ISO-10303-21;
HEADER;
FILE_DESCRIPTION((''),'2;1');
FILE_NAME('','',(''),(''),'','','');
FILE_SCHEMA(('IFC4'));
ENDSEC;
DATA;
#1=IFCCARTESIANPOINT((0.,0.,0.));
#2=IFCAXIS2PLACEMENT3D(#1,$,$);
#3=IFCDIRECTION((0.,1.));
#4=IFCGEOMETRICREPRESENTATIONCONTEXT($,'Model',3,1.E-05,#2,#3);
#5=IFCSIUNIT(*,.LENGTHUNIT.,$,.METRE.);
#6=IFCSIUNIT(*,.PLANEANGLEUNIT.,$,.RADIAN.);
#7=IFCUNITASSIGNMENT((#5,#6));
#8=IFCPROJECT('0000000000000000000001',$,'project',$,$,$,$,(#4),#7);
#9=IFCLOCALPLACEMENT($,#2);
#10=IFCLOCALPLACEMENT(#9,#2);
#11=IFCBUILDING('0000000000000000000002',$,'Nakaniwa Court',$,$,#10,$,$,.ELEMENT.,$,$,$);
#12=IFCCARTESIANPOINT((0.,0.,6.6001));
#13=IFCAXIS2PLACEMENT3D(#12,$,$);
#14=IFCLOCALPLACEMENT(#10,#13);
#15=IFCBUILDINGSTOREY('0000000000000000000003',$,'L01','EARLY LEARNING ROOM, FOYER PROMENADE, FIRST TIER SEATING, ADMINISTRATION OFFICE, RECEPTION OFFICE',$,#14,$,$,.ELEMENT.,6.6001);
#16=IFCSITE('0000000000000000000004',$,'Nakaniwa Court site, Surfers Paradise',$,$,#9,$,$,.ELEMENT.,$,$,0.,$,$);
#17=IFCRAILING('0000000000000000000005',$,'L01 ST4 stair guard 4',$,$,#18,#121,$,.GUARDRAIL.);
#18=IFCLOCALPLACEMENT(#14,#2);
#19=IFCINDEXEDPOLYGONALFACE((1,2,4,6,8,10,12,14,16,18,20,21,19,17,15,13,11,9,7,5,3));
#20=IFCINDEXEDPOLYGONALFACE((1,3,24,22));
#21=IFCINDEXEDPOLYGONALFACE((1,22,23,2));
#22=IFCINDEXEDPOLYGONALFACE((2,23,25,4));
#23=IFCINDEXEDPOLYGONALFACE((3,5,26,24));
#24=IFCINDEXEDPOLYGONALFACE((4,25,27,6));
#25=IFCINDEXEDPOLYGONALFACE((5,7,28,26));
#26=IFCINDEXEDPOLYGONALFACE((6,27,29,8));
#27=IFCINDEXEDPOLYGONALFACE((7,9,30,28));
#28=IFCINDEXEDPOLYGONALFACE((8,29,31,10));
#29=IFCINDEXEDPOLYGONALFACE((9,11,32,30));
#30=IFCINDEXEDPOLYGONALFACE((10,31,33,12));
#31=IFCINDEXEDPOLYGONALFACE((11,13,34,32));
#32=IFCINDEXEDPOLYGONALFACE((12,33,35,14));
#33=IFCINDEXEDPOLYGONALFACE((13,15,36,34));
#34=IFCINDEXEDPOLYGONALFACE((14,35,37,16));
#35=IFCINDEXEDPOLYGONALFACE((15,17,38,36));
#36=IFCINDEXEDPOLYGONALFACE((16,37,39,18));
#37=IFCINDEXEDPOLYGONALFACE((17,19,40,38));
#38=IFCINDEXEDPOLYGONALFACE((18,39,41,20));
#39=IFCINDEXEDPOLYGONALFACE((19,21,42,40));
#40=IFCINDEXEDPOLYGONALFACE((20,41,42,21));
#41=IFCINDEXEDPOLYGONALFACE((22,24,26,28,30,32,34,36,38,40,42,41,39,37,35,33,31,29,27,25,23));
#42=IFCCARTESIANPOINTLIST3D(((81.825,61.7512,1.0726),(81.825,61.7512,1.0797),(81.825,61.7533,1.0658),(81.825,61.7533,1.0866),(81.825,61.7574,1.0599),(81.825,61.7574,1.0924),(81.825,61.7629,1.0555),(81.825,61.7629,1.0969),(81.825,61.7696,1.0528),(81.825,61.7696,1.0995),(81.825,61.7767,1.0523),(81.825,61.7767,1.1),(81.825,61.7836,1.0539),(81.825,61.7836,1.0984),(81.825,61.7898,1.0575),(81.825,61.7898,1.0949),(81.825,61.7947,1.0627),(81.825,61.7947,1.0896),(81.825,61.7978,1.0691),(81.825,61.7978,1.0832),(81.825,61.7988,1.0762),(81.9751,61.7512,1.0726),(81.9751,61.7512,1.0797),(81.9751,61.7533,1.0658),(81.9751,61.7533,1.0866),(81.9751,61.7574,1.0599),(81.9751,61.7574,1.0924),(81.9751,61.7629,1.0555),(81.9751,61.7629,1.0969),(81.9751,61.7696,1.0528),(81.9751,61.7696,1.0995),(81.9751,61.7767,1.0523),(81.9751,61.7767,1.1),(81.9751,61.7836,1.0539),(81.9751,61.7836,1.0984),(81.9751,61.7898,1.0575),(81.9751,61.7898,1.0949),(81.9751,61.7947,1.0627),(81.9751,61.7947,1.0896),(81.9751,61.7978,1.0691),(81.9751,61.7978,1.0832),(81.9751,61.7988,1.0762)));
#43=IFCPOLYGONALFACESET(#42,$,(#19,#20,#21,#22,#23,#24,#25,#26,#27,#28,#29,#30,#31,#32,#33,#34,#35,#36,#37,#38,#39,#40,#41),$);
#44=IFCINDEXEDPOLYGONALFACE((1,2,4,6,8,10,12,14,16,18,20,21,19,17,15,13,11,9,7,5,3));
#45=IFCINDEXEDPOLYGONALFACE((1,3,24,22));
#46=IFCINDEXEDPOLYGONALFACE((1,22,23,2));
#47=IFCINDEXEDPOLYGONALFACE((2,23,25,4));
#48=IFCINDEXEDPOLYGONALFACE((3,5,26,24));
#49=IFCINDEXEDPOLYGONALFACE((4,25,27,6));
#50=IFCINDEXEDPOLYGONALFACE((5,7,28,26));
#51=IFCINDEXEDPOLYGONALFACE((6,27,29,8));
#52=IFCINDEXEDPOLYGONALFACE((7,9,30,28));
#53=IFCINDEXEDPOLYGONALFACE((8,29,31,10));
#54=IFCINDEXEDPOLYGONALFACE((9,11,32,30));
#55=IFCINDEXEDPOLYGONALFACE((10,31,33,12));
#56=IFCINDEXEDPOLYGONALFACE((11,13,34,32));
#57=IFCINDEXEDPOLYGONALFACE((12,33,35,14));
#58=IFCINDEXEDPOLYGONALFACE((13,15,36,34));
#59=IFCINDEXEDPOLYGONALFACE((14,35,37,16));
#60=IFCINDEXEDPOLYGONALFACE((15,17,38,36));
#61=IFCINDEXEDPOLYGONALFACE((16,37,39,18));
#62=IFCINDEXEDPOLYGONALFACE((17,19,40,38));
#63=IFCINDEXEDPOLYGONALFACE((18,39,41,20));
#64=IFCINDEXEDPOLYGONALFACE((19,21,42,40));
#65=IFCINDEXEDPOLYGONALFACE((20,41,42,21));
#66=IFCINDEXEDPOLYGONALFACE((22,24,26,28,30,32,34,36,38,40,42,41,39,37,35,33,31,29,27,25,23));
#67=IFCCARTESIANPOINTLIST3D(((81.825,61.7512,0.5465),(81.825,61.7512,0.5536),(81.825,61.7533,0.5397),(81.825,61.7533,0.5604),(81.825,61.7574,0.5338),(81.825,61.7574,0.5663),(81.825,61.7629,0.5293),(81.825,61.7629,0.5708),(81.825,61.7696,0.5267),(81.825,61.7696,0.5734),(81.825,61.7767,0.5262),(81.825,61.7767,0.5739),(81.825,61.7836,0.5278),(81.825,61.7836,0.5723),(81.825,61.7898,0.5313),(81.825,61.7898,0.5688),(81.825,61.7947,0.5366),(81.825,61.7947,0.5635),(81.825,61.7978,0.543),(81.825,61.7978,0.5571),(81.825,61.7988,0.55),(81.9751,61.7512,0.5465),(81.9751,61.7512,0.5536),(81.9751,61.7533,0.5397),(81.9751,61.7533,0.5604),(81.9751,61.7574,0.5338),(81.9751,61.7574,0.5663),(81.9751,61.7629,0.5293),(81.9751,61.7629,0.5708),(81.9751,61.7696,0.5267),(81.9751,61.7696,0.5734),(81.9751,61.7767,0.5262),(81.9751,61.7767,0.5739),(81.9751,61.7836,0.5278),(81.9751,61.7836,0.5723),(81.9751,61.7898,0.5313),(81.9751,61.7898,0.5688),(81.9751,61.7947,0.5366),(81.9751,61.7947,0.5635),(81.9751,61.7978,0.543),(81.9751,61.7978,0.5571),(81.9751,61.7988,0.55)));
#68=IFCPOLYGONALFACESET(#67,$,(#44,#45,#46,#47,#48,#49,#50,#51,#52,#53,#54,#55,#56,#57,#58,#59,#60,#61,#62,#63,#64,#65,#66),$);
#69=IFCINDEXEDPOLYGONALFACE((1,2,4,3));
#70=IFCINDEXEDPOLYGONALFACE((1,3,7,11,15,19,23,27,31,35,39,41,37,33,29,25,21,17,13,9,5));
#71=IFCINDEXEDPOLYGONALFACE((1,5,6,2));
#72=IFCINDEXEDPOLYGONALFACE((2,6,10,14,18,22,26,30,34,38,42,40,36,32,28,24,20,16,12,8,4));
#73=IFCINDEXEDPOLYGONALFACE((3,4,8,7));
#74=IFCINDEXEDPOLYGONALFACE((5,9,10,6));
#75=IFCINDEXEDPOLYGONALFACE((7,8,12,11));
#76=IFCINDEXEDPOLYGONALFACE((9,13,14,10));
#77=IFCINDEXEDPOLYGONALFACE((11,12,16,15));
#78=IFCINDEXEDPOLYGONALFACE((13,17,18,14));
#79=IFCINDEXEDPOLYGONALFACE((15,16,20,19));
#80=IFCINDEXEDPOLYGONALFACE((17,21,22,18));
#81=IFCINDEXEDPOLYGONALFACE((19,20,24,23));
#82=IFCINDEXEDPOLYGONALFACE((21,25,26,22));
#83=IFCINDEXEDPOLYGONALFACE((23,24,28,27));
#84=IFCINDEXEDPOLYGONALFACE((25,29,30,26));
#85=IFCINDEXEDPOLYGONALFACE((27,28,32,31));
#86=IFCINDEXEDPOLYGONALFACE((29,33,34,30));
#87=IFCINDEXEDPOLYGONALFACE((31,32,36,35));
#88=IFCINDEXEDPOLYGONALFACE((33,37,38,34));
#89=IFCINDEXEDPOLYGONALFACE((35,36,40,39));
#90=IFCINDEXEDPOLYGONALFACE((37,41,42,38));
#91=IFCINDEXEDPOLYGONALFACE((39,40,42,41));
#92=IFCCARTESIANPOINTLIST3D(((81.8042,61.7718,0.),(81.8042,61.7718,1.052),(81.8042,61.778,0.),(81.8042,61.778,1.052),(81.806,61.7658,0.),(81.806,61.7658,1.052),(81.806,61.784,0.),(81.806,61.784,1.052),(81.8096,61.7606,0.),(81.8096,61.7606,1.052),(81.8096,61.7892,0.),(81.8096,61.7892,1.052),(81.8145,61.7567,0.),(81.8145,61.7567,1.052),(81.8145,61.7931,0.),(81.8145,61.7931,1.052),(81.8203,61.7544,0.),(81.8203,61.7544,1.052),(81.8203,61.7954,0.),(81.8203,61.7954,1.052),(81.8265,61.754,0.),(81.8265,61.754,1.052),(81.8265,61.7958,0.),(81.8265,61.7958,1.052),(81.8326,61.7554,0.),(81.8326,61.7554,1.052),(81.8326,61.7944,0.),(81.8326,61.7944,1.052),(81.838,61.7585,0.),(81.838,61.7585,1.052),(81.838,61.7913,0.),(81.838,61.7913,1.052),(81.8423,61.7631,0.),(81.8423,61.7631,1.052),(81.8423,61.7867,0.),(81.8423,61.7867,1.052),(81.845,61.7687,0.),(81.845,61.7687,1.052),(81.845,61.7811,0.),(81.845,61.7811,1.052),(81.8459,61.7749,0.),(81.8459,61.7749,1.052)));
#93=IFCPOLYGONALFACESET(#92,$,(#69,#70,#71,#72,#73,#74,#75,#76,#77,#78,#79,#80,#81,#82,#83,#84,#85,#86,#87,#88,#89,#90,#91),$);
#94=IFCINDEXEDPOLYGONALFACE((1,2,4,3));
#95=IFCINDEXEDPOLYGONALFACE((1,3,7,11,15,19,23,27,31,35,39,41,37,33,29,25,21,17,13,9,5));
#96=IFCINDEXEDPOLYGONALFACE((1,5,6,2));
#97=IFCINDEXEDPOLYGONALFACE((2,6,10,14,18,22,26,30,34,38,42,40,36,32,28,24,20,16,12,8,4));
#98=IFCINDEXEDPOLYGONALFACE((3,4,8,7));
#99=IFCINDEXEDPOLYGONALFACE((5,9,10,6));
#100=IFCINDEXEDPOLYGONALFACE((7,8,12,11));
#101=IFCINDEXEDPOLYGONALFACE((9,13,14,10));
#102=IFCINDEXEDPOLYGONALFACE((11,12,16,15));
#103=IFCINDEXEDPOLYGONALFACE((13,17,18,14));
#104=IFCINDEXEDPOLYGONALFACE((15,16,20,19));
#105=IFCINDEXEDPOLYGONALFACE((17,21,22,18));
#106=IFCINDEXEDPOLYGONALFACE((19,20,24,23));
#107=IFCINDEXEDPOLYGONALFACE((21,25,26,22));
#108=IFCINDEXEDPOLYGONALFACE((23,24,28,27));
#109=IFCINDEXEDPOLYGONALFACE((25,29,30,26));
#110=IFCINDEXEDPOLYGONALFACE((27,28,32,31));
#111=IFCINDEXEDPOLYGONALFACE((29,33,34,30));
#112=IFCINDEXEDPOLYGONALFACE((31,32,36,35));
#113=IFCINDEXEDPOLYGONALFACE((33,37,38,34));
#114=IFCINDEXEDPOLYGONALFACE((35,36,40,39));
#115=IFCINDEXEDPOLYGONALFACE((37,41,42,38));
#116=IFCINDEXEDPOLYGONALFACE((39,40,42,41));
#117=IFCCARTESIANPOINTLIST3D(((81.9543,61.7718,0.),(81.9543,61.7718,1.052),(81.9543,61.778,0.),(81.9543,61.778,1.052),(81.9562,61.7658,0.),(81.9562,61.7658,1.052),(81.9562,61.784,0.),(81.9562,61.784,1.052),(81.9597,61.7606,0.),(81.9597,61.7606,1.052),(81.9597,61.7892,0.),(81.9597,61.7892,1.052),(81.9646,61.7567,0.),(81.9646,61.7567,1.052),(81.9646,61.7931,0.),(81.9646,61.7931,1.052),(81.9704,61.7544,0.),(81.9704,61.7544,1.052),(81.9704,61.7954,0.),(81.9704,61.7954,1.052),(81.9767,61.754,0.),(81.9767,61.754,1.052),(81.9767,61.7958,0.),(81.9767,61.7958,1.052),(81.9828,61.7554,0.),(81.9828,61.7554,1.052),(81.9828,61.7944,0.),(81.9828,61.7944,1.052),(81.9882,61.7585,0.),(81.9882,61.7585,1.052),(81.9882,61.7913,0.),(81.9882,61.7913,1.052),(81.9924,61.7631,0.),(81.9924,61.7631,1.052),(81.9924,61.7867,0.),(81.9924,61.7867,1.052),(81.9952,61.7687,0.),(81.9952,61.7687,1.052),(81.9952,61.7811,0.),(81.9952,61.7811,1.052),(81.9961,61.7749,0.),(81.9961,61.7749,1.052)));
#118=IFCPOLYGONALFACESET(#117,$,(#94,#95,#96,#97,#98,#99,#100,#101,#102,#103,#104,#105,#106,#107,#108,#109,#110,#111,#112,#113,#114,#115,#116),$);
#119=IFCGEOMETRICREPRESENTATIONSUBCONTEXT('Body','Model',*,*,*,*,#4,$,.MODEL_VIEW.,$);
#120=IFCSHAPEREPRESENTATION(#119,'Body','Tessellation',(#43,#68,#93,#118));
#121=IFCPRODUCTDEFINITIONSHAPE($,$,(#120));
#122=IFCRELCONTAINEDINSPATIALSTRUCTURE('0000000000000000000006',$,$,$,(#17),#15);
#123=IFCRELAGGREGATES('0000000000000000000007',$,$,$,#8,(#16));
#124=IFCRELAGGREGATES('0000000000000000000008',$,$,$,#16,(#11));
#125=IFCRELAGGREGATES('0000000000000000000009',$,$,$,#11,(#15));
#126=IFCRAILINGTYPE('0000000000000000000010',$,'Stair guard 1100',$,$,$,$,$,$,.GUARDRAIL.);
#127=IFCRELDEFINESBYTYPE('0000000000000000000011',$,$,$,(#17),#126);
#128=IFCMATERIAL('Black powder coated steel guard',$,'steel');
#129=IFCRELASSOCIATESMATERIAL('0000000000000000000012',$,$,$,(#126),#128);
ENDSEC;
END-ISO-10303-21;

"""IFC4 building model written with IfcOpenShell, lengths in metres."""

from ifc_helpers import new_model, si_unit, direction, frame, origin, origin_2d, place, context, subcontext, project, spatial, circle, extrude, material, type_object, element, save


model = new_model("IFC4")

# Units and contexts
model_context = context("Model", 3, precision=1e-05, world=origin(), true_north=direction((0.0, 1.0)))
body_context = subcontext(model_context, "Body", "Model", "MODEL_VIEW")
ifc_project = project(units=[si_unit("LENGTHUNIT", "METRE"), si_unit("PLANEANGLEUNIT", "RADIAN")], contexts=[model_context])

# Site, building, storey
site_placement = place(None, origin())
site = spatial("IfcSite", under=ifc_project, at=site_placement, Name="Nakaniwa Court site, Surfers Paradise", CompositionType="ELEMENT", RefElevation=0.0)
building_placement = place(site_placement, origin())
building = spatial("IfcBuilding", under=site, at=building_placement, Name="Nakaniwa Court", CompositionType="ELEMENT")
storey_placement = place(building_placement, frame((0.0, 0.0, 6.6001)))
storey = spatial("IfcBuildingStorey", under=building, at=storey_placement, Name="L01", Description="EARLY LEARNING ROOM, FOYER PROMENADE, FIRST TIER SEATING, ADMINISTRATION OFFICE, RECEPTION OFFICE", CompositionType="ELEMENT", Elevation=6.6001)

# Railing
ifc_material_1 = material(Name="Black powder coated steel guard", Category="steel")
railing_type_1 = type_object("IfcRailingType", Name="Stair guard 1100", PredefinedType="GUARDRAIL", material=ifc_material_1)
railing_1_placement = place(storey_placement, frame((81.825, 61.7749, 0.0)))
element("IfcRailing", 1, at=railing_1_placement, inside=storey, type_object=railing_type_1, Name="L01 ST4 stair guard 4", PredefinedType="GUARDRAIL", context=body_context, shape_type="SweptSolid", body=[
    extrude(circle(Radius=0.0239, at=origin_2d()), frame((0.0, 0.0, 1.0762), z_axis=(1.0, 0.0, 0.0), x_axis=(0.0, 1.0, 0.0)), (0.0, 0.0, 1.0), 0.1501),
    extrude(circle(Radius=0.0239, at=origin_2d()), frame((0.0, 0.0, 0.55), z_axis=(1.0, 0.0, 0.0), x_axis=(0.0, 1.0, 0.0)), (0.0, 0.0, 1.0), 0.1501),
    extrude(circle(Radius=0.021, at=origin_2d()), origin(), (0.0, 0.0, 1.0), 1.052),
    extrude(circle(Radius=0.021, at=origin_2d()), frame((0.1501, 0.0, 0.0)), (0.0, 0.0, 1.0), 1.052),
])

save(model, "model.ifc")
